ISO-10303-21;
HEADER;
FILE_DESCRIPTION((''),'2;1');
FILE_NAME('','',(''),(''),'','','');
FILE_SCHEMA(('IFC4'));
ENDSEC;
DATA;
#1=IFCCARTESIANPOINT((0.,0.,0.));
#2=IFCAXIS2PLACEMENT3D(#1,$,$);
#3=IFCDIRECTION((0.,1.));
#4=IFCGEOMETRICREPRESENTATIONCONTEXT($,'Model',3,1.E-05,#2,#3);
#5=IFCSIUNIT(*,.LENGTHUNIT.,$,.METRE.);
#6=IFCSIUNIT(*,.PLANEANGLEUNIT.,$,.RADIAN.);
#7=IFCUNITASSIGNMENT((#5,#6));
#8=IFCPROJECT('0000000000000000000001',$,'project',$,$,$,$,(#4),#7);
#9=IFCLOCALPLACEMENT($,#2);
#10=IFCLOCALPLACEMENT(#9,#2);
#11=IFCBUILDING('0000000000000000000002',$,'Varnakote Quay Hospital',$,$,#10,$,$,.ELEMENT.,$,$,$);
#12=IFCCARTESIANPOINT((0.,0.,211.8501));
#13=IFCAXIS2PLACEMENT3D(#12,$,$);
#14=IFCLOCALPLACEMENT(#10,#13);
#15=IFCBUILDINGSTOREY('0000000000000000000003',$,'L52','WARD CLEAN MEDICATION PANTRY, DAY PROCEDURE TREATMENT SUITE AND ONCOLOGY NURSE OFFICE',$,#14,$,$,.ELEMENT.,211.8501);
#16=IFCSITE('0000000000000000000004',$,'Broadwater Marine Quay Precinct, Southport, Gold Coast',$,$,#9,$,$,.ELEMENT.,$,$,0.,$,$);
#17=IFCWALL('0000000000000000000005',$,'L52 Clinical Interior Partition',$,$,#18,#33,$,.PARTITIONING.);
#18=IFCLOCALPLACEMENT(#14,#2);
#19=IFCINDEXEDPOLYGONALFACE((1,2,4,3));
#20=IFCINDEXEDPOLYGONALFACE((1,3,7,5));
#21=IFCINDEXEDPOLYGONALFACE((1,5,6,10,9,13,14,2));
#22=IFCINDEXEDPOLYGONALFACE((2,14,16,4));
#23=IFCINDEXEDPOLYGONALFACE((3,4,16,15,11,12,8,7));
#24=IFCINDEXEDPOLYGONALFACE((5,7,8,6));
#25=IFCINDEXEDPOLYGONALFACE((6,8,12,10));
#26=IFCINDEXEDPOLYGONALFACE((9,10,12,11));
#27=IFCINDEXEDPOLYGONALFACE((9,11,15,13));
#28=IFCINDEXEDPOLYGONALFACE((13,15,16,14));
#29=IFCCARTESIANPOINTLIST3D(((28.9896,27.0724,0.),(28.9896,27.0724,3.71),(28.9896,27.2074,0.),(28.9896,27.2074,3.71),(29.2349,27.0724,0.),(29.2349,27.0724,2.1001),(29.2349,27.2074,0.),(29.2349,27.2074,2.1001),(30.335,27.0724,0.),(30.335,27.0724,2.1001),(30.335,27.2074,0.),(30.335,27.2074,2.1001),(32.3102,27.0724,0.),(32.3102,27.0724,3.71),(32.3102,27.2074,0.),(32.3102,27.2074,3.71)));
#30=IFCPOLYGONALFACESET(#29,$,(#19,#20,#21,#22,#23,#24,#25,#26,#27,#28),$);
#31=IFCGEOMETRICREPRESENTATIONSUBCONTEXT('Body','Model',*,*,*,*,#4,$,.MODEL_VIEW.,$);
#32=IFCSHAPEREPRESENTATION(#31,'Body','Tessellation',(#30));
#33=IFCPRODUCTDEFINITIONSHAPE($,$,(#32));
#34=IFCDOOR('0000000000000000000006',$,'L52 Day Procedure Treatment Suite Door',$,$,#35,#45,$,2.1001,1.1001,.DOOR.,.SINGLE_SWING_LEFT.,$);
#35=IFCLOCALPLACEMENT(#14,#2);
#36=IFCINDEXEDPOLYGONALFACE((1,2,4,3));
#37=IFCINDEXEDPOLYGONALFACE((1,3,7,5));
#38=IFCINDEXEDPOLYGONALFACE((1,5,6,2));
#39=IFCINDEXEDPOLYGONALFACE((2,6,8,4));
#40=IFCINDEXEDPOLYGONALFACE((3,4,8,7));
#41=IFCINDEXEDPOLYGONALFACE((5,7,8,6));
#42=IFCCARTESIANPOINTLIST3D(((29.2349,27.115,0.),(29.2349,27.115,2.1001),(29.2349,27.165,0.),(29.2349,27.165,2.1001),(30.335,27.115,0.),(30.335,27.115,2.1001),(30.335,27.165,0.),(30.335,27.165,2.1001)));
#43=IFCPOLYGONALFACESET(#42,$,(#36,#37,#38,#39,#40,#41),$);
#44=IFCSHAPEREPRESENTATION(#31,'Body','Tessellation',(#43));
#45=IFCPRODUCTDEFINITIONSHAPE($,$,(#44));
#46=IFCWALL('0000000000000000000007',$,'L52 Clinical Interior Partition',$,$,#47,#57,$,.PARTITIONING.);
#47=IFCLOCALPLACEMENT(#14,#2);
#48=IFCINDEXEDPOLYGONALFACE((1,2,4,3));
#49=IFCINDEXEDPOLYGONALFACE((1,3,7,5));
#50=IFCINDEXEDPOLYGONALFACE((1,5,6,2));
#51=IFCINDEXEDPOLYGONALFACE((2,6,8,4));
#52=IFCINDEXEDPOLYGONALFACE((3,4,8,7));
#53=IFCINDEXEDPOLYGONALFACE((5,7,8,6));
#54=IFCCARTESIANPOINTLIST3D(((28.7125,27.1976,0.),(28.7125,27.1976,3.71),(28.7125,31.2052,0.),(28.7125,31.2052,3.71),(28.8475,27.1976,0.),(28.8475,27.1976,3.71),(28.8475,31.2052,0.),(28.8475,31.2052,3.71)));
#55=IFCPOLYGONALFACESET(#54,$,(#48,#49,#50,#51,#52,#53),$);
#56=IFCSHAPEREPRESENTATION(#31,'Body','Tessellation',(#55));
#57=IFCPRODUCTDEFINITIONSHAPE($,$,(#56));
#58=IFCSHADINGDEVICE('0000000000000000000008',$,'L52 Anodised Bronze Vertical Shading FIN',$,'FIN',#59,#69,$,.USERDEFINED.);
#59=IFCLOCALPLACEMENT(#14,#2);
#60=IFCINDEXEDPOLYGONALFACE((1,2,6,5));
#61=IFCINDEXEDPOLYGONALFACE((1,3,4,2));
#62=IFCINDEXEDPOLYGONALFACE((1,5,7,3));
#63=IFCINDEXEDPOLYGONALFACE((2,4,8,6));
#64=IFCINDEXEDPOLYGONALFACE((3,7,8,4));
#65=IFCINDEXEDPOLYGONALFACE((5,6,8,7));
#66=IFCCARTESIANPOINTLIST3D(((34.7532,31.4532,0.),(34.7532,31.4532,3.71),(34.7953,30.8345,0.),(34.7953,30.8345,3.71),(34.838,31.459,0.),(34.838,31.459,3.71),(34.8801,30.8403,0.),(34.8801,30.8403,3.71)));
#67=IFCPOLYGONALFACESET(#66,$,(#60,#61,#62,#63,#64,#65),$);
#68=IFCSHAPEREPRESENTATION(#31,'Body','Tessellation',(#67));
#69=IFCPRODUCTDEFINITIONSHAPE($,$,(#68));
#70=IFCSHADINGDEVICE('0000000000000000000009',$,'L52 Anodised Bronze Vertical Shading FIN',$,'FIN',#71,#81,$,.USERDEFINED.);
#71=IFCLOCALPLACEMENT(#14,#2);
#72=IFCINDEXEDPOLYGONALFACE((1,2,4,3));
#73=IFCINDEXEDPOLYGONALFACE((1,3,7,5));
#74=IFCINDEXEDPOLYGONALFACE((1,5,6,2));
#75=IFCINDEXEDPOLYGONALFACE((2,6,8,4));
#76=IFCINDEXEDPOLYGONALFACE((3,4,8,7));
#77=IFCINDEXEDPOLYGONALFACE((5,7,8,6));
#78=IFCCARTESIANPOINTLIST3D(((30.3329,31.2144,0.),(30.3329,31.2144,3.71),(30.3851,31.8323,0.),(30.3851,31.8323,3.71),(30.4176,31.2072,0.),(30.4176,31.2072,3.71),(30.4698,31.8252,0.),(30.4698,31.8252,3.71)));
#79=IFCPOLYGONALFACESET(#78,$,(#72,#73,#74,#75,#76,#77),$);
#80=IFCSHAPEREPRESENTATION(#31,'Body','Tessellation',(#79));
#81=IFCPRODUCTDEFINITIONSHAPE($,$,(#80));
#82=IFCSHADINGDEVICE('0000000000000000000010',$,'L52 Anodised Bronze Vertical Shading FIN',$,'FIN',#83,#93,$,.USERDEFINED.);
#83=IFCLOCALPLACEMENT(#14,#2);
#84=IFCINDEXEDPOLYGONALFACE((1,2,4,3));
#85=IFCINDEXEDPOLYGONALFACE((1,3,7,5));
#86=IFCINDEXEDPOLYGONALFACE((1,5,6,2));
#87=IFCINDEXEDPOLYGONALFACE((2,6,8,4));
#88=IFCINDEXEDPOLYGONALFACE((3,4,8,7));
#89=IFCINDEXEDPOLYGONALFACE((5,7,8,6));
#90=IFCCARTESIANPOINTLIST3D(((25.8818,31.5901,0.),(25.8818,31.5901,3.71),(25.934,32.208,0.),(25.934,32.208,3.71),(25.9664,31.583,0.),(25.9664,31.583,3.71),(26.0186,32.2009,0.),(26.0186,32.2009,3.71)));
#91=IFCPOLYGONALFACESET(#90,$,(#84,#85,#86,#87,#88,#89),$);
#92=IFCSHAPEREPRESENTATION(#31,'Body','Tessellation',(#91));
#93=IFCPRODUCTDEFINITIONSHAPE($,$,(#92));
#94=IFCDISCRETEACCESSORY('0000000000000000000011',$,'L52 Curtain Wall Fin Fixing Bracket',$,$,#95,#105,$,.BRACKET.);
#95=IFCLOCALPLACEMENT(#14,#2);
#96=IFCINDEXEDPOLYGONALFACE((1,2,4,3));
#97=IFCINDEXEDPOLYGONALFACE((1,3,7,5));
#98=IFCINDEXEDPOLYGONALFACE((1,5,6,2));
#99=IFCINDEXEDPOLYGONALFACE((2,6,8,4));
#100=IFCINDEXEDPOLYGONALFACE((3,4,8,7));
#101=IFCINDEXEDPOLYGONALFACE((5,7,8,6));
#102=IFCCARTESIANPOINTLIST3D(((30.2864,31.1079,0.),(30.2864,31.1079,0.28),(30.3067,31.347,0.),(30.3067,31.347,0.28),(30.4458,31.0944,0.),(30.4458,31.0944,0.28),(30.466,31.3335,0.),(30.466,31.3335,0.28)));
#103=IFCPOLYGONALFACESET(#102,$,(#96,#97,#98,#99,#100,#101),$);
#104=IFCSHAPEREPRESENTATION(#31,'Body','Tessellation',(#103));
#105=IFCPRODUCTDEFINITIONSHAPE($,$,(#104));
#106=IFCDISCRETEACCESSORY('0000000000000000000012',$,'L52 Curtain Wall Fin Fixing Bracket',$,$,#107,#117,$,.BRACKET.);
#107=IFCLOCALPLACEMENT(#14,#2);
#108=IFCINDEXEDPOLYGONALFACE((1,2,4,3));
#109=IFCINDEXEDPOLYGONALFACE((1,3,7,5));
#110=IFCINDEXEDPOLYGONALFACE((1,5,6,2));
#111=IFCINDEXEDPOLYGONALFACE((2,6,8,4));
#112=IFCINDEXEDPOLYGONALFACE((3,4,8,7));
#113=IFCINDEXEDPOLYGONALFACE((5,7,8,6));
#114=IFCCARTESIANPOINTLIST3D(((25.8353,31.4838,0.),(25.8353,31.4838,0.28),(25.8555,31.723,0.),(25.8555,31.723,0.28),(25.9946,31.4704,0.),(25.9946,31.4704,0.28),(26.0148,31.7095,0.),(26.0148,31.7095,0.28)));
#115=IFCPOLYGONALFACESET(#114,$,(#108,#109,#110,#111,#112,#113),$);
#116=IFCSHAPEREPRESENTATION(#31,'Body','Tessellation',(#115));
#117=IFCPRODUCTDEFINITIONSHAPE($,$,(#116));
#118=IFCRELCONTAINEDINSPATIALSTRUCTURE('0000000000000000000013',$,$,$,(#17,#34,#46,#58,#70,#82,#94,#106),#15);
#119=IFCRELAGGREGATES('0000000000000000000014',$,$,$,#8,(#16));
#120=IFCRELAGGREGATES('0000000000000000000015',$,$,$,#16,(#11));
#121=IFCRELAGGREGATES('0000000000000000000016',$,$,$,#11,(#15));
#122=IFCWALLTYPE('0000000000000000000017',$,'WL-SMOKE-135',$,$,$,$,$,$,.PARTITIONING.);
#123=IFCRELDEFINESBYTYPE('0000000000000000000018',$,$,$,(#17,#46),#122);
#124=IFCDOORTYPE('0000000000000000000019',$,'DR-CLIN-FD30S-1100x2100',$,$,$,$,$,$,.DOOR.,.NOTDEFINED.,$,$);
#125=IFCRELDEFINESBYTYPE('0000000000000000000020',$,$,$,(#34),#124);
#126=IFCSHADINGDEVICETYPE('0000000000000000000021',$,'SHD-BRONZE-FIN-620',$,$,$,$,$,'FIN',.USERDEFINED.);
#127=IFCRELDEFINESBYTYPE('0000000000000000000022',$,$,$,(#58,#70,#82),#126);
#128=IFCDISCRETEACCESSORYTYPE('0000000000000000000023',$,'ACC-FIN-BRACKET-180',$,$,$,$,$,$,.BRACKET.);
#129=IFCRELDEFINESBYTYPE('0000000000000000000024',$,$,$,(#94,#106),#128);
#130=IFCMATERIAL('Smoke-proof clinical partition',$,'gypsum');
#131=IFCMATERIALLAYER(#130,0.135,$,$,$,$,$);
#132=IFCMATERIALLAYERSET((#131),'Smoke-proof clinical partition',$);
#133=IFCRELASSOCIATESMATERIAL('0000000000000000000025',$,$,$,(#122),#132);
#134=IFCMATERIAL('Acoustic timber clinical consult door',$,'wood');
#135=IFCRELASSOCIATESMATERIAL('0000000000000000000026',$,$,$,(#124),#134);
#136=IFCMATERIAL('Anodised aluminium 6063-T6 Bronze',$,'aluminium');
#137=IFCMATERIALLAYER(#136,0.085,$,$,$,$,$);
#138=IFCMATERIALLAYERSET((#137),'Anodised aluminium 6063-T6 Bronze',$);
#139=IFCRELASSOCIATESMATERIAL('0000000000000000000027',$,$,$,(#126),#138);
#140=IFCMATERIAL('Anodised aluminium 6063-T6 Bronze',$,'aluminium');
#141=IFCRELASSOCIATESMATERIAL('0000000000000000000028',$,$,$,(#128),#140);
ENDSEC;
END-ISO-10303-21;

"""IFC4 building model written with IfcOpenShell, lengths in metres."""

from ifc_helpers import new_model, si_unit, direction, frame, frame_2d, origin, origin_2d, place, context, subcontext, project, spatial, rectangle, extrude, material, layer, layer_set, type_object, element, fill, save


model = new_model("IFC4")

# Units and contexts
model_context = context("Model", 3, precision=1e-05, world=origin(), true_north=direction((0.0, 1.0)))
body_context = subcontext(model_context, "Body", "Model", "MODEL_VIEW")
ifc_project = project(units=[si_unit("LENGTHUNIT", "METRE"), si_unit("PLANEANGLEUNIT", "RADIAN")], contexts=[model_context])

# Site, building, storey
site_placement = place(None, origin())
site = spatial("IfcSite", under=ifc_project, at=site_placement, Name="Broadwater Marine Quay Precinct, Southport, Gold Coast", CompositionType="ELEMENT", RefElevation=0.0)
building_placement = place(site_placement, origin())
building = spatial("IfcBuilding", under=site, at=building_placement, Name="Varnakote Quay Hospital", CompositionType="ELEMENT")
storey_placement = place(building_placement, frame((0.0, 0.0, 211.8501)))
storey = spatial("IfcBuildingStorey", under=building, at=storey_placement, Name="L52", Description="WARD CLEAN MEDICATION PANTRY, DAY PROCEDURE TREATMENT SUITE AND ONCOLOGY NURSE OFFICE", CompositionType="ELEMENT", Elevation=211.8501)

# Shared definitions
ifc_material_1 = material(Name="Smoke-proof clinical partition", Category="gypsum")
ifc_layer_1 = layer(ifc_material_1, 0.135)
ifc_layer_set_1 = layer_set([ifc_layer_1], Name="Smoke-proof clinical partition")
wall_type = type_object("IfcWallType", Name="WL-SMOKE-135", PredefinedType="PARTITIONING", material=ifc_layer_set_1)
ifc_material_2 = material(Name="Acoustic timber clinical consult door", Category="wood")
door_type = type_object("IfcDoorType", Name="DR-CLIN-FD30S-1100x2100", OperationType="NOTDEFINED", PredefinedType="DOOR", material=ifc_material_2)

# Wall, opening, door
wall_1_placement = place(storey_placement, frame((32.3101, 27.1399, 0.0), z_axis=(0.0, 0.0, 1.0), x_axis=(-1.0, 0.0, 0.0)))
wall_1 = element("IfcWall", 1, at=wall_1_placement, inside=storey, type_object=wall_type, Name="L52 Clinical Interior Partition", PredefinedType="PARTITIONING", context=body_context, shape_type="SweptSolid", body=[
    extrude(rectangle(XDim=3.3206, YDim=0.135, at=frame_2d((1.6602, 0.0))), origin(), (0.0, 0.0, 1.0), 3.71),
])
opening_1_placement = place(wall_1_placement, frame((1.9751, 0.0, 0.0)))
opening_1 = element("IfcOpeningElement", 2, at=opening_1_placement, cuts=wall_1, PredefinedType="OPENING", context=body_context, shape_type="SweptSolid", body=[
    extrude(rectangle(XDim=1.1001, YDim=2.1001, at=frame_2d((0.55, 1.05))), frame((0.0, 0.0774, 0.0), z_axis=(0.0, -1.0, 0.0), x_axis=(1.0, 0.0, 0.0)), (0.0, 0.0, 1.0), 0.155),
])
door_1_placement = place(opening_1_placement, origin())
door_1 = element("IfcDoor", 3, at=door_1_placement, inside=storey, type_object=door_type, Name="L52 Day Procedure Treatment Suite Door", OperationType="SINGLE_SWING_LEFT", OverallHeight=2.1001, OverallWidth=1.1001, PredefinedType="DOOR", context=body_context, shape_type="SweptSolid", body=[
    extrude(rectangle(XDim=1.1001, YDim=2.1001, at=frame_2d((0.55, 1.05))), frame((0.0, 0.0249, 0.0), z_axis=(0.0, -1.0, 0.0), x_axis=(1.0, 0.0, 0.0)), (0.0, 0.0, 1.0), 0.05),
])
fill(opening_1, door_1)

# Wall
wall_2_placement = place(storey_placement, frame((28.78, 27.1975, 0.0), z_axis=(0.0, 0.0, 1.0), x_axis=(0.0, 1.0, 0.0)))
element("IfcWall", 4, at=wall_2_placement, inside=storey, type_object=wall_type, Name="L52 Clinical Interior Partition", PredefinedType="PARTITIONING", context=body_context, shape_type="SweptSolid", body=[
    extrude(rectangle(XDim=4.0076, YDim=0.135, at=frame_2d((2.0039, 0.0))), origin(), (0.0, 0.0, 1.0), 3.71),
])

# Shading devices
ifc_material_3 = material(Name="Anodised aluminium 6063-T6 Bronze", Category="aluminium")
ifc_layer_2 = layer(ifc_material_3, 0.085)
ifc_layer_set_2 = layer_set([ifc_layer_2], Name="Anodised aluminium 6063-T6 Bronze")
shading_device_type = type_object("IfcShadingDeviceType", Name="SHD-BRONZE-FIN-620", ElementType="FIN", PredefinedType="USERDEFINED", material=ifc_layer_set_2)
for number, where, z_axis, x_axis, name in (
    (5, (34.8167, 31.1467, 0.0), (0.0, 0.0, 1.0), (0.067841, -0.997696, 0.0), "L52 Anodised Bronze Vertical Shading FIN"),
    (6, (30.4014, 31.5198, 0.0), (0.0, 0.0, 1.0), (-0.0842, -0.996449, 0.0), "L52 Anodised Bronze Vertical Shading FIN"),
    (7, (25.9502, 31.8955, 0.0), (0.0, 0.0, 1.0), (-0.0842, -0.996449, 0.0), "L52 Anodised Bronze Vertical Shading FIN"),
):
    element("IfcShadingDevice", number, at=place(storey_placement, frame(where, z_axis=z_axis, x_axis=x_axis)), inside=storey, type_object=shading_device_type, Name=name, ObjectType="FIN", PredefinedType="USERDEFINED", context=body_context, shape_type="SweptSolid", body=[
        extrude(rectangle(XDim=0.6201, YDim=0.085, at=origin_2d()), origin(), (0.0, 0.0, 1.0), 3.71),
    ])

# Discrete accessories
ifc_material_4 = material(Name="Anodised aluminium 6063-T6 Bronze", Category="aluminium")
discrete_accessory_type = type_object("IfcDiscreteAccessoryType", Name="ACC-FIN-BRACKET-180", PredefinedType="BRACKET", material=ifc_material_4)
for number, where, z_axis, x_axis, name in (
    (8, (30.3762, 31.2207, 0.0), (0.0, 0.0, 1.0), (-0.996449, 0.0842, 0.0), "L52 Curtain Wall Fin Fixing Bracket"),
    (9, (25.925, 31.5967, 0.0), (0.0, 0.0, 1.0), (-0.996449, 0.0842, 0.0), "L52 Curtain Wall Fin Fixing Bracket"),
):
    element("IfcDiscreteAccessory", number, at=place(storey_placement, frame(where, z_axis=z_axis, x_axis=x_axis)), inside=storey, type_object=discrete_accessory_type, Name=name, PredefinedType="BRACKET", context=body_context, shape_type="SweptSolid", body=[
        extrude(rectangle(XDim=0.1599, YDim=0.24, at=origin_2d()), origin(), (0.0, 0.0, 1.0), 0.28),
    ])

save(model, "model.ifc")
